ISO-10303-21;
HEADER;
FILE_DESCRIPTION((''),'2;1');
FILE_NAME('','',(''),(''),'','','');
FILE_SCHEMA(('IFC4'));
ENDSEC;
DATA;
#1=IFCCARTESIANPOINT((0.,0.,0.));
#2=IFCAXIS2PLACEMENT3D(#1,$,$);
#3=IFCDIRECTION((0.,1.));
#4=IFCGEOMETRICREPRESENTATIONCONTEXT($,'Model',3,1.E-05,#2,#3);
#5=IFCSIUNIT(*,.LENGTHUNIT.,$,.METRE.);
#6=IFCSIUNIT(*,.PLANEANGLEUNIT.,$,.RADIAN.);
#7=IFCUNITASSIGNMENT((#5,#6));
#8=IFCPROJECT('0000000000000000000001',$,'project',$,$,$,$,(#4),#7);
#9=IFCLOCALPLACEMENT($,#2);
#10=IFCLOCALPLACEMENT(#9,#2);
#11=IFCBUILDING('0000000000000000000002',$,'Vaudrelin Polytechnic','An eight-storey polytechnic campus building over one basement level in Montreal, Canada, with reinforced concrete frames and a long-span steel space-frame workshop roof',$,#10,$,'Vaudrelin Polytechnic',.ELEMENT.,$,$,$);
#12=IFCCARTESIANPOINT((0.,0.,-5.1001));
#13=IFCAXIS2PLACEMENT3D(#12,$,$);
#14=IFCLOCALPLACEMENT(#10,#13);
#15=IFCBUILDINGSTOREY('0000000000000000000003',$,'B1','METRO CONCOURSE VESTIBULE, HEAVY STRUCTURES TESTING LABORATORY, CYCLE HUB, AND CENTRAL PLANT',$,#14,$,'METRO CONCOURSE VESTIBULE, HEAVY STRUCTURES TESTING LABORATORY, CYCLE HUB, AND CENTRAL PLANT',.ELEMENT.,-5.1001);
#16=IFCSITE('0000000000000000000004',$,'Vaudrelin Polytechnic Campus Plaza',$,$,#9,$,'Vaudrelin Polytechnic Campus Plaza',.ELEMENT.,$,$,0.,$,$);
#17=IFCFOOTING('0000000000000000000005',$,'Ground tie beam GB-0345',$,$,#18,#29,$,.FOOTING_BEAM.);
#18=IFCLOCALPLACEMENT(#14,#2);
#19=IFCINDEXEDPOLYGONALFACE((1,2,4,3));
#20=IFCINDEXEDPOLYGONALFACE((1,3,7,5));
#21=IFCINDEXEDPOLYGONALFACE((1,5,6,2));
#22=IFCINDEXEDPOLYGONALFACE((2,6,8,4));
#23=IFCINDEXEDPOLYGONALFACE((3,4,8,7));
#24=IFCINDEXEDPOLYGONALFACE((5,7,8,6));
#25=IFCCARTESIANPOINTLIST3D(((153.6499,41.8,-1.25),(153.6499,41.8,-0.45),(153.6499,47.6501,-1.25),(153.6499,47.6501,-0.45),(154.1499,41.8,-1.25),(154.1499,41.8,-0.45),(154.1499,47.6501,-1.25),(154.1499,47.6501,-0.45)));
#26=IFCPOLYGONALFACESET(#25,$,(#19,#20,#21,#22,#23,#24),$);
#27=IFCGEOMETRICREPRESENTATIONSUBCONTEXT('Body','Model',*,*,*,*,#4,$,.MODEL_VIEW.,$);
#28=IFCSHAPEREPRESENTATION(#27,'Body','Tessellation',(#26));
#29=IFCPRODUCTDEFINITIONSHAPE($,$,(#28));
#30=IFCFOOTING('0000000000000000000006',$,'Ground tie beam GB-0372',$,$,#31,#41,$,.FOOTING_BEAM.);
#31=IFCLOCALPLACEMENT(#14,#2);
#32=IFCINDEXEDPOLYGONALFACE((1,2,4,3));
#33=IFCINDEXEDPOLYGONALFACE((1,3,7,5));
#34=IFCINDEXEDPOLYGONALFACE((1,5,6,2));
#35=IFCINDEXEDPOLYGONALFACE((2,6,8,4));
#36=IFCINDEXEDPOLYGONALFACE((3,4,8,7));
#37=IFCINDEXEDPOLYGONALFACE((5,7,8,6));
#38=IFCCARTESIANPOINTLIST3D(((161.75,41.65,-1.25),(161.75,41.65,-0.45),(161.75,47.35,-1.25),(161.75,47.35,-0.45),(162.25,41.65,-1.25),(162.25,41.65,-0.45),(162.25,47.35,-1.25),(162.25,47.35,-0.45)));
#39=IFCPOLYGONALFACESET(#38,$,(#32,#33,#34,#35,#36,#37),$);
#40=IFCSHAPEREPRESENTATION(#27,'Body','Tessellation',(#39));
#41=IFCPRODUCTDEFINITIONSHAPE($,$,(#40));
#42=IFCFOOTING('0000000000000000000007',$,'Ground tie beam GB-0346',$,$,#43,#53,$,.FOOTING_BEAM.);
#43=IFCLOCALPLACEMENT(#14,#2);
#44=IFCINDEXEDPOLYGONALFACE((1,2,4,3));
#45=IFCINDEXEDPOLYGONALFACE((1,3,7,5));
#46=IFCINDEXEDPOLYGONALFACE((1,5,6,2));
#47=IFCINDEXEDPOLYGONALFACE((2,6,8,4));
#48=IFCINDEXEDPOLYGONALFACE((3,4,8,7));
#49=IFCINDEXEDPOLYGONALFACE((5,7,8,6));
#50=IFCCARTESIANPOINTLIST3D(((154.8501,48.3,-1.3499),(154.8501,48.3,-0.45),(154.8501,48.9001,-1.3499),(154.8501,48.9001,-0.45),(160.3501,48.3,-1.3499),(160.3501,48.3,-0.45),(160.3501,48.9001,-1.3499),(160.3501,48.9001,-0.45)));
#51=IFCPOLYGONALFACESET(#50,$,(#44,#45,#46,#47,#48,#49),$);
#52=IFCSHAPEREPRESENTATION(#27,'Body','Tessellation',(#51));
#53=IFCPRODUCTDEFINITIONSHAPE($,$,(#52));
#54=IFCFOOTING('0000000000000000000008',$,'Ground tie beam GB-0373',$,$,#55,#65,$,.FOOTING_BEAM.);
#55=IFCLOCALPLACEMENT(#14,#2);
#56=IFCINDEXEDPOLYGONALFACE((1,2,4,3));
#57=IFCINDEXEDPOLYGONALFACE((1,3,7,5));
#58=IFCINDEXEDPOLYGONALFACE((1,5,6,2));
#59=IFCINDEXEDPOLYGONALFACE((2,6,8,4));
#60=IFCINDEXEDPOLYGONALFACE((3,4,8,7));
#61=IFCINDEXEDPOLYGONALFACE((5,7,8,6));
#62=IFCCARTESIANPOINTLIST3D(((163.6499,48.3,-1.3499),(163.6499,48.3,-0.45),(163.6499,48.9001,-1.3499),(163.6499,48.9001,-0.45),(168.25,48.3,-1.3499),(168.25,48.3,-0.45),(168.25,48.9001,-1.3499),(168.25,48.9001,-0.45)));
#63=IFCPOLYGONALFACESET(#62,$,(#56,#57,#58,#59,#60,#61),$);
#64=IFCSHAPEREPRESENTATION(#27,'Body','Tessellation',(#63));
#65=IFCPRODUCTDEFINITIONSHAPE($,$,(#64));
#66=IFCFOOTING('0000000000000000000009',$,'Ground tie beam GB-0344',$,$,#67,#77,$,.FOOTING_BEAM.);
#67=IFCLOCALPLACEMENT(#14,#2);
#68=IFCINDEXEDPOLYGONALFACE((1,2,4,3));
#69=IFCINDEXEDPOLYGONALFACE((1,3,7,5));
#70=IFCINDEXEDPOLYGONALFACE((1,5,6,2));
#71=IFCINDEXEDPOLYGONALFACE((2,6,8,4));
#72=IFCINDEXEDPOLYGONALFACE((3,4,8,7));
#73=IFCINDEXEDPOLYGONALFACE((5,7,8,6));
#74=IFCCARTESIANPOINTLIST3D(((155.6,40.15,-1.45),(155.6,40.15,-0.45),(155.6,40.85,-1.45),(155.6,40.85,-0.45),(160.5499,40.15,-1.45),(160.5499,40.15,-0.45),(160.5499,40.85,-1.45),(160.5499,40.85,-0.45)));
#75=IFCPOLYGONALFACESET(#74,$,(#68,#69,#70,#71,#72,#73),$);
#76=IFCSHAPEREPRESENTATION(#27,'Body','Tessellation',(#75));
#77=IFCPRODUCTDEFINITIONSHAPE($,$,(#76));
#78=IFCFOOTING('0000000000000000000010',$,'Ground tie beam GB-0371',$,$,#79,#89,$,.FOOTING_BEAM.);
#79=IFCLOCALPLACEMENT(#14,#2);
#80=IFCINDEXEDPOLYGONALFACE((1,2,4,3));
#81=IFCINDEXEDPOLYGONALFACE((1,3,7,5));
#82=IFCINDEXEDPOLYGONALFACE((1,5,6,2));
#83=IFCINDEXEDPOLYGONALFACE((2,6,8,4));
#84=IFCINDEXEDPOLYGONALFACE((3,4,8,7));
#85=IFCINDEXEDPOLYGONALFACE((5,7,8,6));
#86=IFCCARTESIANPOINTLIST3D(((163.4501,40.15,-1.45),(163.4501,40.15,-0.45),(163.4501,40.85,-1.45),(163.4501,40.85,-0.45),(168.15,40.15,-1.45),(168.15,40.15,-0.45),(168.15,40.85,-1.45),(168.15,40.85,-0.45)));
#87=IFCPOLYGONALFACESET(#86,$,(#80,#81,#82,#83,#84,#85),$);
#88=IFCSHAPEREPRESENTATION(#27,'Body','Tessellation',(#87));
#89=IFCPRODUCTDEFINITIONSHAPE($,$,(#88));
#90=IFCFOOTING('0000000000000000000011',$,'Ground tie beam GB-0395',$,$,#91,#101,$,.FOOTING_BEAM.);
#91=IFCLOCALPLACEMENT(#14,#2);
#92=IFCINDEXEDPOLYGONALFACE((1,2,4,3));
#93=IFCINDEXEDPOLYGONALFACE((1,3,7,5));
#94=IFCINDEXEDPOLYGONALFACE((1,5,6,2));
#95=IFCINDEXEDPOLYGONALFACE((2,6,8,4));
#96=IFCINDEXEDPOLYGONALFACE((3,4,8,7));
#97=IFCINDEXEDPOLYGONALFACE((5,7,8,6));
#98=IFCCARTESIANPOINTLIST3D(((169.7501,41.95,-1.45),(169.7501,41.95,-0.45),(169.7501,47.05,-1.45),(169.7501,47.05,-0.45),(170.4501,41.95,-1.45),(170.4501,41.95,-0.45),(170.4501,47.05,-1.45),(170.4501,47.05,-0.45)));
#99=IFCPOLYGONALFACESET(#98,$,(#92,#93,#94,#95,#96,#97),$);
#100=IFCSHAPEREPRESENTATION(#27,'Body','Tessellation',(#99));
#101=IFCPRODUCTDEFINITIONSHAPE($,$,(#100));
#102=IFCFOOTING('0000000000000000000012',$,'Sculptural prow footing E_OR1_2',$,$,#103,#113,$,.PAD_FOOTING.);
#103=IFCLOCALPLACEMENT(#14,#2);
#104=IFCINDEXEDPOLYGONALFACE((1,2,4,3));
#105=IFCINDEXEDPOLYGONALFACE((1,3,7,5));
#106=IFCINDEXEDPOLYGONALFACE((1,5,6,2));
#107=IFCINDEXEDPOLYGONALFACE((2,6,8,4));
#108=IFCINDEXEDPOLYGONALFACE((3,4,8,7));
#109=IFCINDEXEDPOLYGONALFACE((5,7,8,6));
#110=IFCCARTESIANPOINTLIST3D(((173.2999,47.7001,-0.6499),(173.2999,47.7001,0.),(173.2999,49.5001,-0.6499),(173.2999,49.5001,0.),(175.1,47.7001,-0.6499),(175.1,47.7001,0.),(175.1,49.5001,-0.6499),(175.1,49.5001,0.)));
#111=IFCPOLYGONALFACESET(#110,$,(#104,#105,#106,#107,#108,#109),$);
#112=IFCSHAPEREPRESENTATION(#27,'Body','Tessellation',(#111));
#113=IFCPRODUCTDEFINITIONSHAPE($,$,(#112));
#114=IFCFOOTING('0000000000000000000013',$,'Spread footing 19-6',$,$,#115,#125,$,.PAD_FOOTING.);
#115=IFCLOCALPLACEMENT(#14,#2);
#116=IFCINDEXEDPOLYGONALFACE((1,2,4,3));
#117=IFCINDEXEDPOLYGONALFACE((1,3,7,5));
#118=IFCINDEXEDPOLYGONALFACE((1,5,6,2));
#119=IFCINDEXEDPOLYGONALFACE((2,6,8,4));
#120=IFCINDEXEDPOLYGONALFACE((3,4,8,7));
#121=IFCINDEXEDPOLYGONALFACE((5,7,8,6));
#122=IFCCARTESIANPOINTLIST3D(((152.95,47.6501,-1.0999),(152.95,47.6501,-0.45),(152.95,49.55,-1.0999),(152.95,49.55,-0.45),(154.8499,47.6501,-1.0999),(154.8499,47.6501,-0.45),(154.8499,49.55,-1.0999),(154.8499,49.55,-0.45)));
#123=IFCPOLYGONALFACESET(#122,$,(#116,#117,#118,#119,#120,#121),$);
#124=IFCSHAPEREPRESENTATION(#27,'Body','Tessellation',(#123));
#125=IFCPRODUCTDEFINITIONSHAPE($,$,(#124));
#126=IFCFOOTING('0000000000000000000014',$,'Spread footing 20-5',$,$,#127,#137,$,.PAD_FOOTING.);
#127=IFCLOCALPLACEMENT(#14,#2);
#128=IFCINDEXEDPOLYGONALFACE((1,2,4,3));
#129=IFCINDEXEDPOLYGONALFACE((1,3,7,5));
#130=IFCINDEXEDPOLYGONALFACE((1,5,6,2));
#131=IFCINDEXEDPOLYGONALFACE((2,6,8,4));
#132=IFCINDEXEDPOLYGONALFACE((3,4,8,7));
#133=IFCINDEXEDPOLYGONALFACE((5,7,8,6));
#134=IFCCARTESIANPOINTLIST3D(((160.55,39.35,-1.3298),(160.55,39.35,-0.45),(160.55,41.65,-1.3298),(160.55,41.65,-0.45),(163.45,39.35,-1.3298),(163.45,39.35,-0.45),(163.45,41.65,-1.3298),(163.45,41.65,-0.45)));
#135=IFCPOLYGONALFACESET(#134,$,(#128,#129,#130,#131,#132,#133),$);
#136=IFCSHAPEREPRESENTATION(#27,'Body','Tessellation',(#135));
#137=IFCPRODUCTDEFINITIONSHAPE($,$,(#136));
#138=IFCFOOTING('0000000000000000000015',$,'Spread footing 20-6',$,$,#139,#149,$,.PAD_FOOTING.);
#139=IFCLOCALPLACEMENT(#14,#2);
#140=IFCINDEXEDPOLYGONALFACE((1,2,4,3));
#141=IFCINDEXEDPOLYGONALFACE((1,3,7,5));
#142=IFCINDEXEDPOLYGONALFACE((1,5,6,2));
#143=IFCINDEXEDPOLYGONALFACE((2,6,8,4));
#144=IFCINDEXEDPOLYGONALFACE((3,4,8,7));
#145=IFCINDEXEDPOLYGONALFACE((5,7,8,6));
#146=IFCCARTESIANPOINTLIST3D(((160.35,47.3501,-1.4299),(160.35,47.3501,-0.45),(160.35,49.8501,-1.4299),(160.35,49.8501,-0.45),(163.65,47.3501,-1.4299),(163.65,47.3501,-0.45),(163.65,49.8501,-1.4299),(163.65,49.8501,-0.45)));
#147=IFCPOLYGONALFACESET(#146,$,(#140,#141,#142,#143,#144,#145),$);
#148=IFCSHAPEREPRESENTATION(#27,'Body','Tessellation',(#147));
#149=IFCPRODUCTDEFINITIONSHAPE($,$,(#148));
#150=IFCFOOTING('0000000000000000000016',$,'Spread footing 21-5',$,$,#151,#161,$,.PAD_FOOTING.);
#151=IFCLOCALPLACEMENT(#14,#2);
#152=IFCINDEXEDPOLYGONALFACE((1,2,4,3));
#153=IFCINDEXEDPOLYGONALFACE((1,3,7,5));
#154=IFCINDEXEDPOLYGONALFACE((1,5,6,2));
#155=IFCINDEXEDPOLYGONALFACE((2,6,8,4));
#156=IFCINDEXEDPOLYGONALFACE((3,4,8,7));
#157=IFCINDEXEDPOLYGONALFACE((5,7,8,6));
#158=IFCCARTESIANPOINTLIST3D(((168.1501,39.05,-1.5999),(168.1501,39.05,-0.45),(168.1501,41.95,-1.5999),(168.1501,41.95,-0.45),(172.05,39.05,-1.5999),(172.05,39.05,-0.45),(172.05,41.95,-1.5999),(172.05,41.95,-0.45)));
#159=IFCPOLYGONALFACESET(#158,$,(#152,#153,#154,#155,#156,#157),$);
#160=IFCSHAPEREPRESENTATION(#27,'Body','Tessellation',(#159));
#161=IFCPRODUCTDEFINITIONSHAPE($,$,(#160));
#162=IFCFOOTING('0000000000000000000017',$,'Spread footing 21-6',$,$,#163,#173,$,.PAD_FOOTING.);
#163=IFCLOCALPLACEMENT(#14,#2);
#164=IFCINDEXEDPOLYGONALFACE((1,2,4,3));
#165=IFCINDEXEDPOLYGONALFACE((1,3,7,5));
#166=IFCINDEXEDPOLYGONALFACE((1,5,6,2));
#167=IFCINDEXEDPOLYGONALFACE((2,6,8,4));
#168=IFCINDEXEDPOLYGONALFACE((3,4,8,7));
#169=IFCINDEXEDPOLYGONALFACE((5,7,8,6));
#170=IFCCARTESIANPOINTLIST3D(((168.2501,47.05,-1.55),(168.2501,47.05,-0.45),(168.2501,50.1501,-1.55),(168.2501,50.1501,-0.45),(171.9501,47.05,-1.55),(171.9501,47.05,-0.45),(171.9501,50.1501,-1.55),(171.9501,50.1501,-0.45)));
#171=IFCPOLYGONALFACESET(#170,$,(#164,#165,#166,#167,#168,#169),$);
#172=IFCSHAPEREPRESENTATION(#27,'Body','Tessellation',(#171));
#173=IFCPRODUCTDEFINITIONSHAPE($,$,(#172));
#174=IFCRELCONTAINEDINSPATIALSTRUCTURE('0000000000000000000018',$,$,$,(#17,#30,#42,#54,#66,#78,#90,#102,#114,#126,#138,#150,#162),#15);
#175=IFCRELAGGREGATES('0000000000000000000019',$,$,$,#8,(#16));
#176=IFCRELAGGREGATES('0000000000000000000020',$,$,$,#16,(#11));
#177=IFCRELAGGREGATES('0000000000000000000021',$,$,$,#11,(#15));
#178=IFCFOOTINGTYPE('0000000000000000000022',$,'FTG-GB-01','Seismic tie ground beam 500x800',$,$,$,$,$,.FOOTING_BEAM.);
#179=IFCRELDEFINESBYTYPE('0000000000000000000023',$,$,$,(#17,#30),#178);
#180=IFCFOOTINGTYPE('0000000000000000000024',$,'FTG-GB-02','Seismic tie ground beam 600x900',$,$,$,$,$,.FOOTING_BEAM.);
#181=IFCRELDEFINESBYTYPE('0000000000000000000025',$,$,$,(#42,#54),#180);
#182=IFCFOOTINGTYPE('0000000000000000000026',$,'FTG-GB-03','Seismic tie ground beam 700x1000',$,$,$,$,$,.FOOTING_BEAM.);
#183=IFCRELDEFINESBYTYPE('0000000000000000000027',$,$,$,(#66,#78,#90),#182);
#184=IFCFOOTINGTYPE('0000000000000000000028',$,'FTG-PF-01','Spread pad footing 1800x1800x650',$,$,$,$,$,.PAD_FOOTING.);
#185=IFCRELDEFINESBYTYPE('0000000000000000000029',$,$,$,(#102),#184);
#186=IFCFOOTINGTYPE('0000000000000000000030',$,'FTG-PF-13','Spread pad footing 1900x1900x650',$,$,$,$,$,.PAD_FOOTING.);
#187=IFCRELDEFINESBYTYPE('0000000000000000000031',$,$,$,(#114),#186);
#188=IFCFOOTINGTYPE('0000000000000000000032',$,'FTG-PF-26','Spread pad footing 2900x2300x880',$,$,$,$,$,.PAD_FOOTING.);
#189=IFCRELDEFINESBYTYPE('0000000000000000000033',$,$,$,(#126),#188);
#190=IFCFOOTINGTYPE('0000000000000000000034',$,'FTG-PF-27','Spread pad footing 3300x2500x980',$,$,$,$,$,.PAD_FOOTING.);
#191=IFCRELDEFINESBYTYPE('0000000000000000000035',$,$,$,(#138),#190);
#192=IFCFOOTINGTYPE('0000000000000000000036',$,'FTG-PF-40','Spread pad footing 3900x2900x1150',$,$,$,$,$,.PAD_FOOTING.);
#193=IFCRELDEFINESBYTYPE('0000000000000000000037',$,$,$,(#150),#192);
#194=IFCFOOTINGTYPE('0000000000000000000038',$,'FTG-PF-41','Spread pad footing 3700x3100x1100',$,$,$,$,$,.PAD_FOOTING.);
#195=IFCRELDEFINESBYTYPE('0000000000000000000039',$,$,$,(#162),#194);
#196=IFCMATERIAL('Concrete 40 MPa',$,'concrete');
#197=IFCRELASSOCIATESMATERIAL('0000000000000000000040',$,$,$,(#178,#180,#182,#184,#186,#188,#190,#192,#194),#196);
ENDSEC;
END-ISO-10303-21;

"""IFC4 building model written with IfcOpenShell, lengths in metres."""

from ifc_helpers import new_model, si_unit, direction, frame, origin, origin_2d, place, context, subcontext, project, spatial, rectangle, extrude, material, type_object, element, save


model = new_model("IFC4")

# Units and contexts
model_context = context("Model", 3, precision=1e-05, world=origin(), true_north=direction((0.0, 1.0)))
body_context = subcontext(model_context, "Body", "Model", "MODEL_VIEW")
ifc_project = project(units=[si_unit("LENGTHUNIT", "METRE"), si_unit("PLANEANGLEUNIT", "RADIAN")], contexts=[model_context])

# Site, building, storey
site_placement = place(None, origin())
site = spatial("IfcSite", under=ifc_project, at=site_placement, Name="Vaudrelin Polytechnic Campus Plaza", LongName="Vaudrelin Polytechnic Campus Plaza", CompositionType="ELEMENT", RefElevation=0.0)
building_placement = place(site_placement, origin())
building = spatial("IfcBuilding", under=site, at=building_placement, Name="Vaudrelin Polytechnic", Description="An eight-storey polytechnic campus building over one basement level in Montreal, Canada, with reinforced concrete frames and a long-span steel space-frame workshop roof", LongName="Vaudrelin Polytechnic", CompositionType="ELEMENT")
storey_placement = place(building_placement, frame((0.0, 0.0, -5.1001)))
storey = spatial("IfcBuildingStorey", under=building, at=storey_placement, Name="B1", Description="METRO CONCOURSE VESTIBULE, HEAVY STRUCTURES TESTING LABORATORY, CYCLE HUB, AND CENTRAL PLANT", LongName="METRO CONCOURSE VESTIBULE, HEAVY STRUCTURES TESTING LABORATORY, CYCLE HUB, AND CENTRAL PLANT", CompositionType="ELEMENT", Elevation=-5.1001)

# Footings
ifc_material_1 = material(Name="Concrete 40 MPa", Category="concrete")
footing_type_1 = type_object("IfcFootingType", Name="FTG-GB-01", Description="Seismic tie ground beam 500x800", PredefinedType="FOOTING_BEAM", material=ifc_material_1)
footing_1_placement = place(storey_placement, frame((153.8999, 44.7251, -1.25), z_axis=(0.0, 0.0, 1.0), x_axis=(1.0, 0.0, 0.0)))
element("IfcFooting", 1, at=footing_1_placement, inside=storey, type_object=footing_type_1, Name="Ground tie beam GB-0345", PredefinedType="FOOTING_BEAM", context=body_context, shape_type="SweptSolid", body=[
    extrude(rectangle(XDim=0.5, YDim=5.8501, at=origin_2d()), origin(), (0.0, 0.0, 1.0), 0.8),
])
footing_2_placement = place(storey_placement, frame((162.0, 44.5, -1.25), z_axis=(0.0, 0.0, 1.0), x_axis=(1.0, 0.0, 0.0)))
element("IfcFooting", 2, at=footing_2_placement, inside=storey, type_object=footing_type_1, Name="Ground tie beam GB-0372", PredefinedType="FOOTING_BEAM", context=body_context, shape_type="SweptSolid", body=[
    extrude(rectangle(XDim=0.5, YDim=5.7, at=origin_2d()), origin(), (0.0, 0.0, 1.0), 0.8),
])
footing_type_2 = type_object("IfcFootingType", Name="FTG-GB-02", Description="Seismic tie ground beam 600x900", PredefinedType="FOOTING_BEAM", material=ifc_material_1)
footing_3_placement = place(storey_placement, frame((157.6001, 48.6001, -1.3499), z_axis=(0.0, 0.0, 1.0), x_axis=(1.0, 0.0, 0.0)))
element("IfcFooting", 3, at=footing_3_placement, inside=storey, type_object=footing_type_2, Name="Ground tie beam GB-0346", PredefinedType="FOOTING_BEAM", context=body_context, shape_type="SweptSolid", body=[
    extrude(rectangle(XDim=5.5, YDim=0.6001, at=origin_2d()), origin(), (0.0, 0.0, 1.0), 0.8999),
])
footing_4_placement = place(storey_placement, frame((165.95, 48.6001, -1.3499), z_axis=(0.0, 0.0, 1.0), x_axis=(1.0, 0.0, 0.0)))
element("IfcFooting", 4, at=footing_4_placement, inside=storey, type_object=footing_type_2, Name="Ground tie beam GB-0373", PredefinedType="FOOTING_BEAM", context=body_context, shape_type="SweptSolid", body=[
    extrude(rectangle(XDim=4.6001, YDim=0.6001, at=origin_2d()), origin(), (0.0, 0.0, 1.0), 0.8999),
])
footing_type_3 = type_object("IfcFootingType", Name="FTG-GB-03", Description="Seismic tie ground beam 700x1000", PredefinedType="FOOTING_BEAM", material=ifc_material_1)
footing_5_placement = place(storey_placement, frame((158.075, 40.5, -1.45), z_axis=(0.0, 0.0, 1.0), x_axis=(1.0, 0.0, 0.0)))
element("IfcFooting", 5, at=footing_5_placement, inside=storey, type_object=footing_type_3, Name="Ground tie beam GB-0344", PredefinedType="FOOTING_BEAM", context=body_context, shape_type="SweptSolid", body=[
    extrude(rectangle(XDim=4.95, YDim=0.7, at=origin_2d()), origin(), (0.0, 0.0, 1.0), 1.0),
])
footing_6_placement = place(storey_placement, frame((165.8, 40.5, -1.45), z_axis=(0.0, 0.0, 1.0), x_axis=(1.0, 0.0, 0.0)))
element("IfcFooting", 6, at=footing_6_placement, inside=storey, type_object=footing_type_3, Name="Ground tie beam GB-0371", PredefinedType="FOOTING_BEAM", context=body_context, shape_type="SweptSolid", body=[
    extrude(rectangle(XDim=4.7, YDim=0.7, at=origin_2d()), origin(), (0.0, 0.0, 1.0), 1.0),
])
footing_7_placement = place(storey_placement, frame((170.1001, 44.5, -1.45), z_axis=(0.0, 0.0, 1.0), x_axis=(1.0, 0.0, 0.0)))
element("IfcFooting", 7, at=footing_7_placement, inside=storey, type_object=footing_type_3, Name="Ground tie beam GB-0395", PredefinedType="FOOTING_BEAM", context=body_context, shape_type="SweptSolid", body=[
    extrude(rectangle(XDim=0.7, YDim=5.1001, at=origin_2d()), origin(), (0.0, 0.0, 1.0), 1.0),
])
footing_type_4 = type_object("IfcFootingType", Name="FTG-PF-01", Description="Spread pad footing 1800x1800x650", PredefinedType="PAD_FOOTING", material=ifc_material_1)
footing_8_placement = place(storey_placement, frame((174.2, 48.6001, -0.6499), z_axis=(0.0, 0.0, 1.0), x_axis=(1.0, 0.0, 0.0)))
element("IfcFooting", 8, at=footing_8_placement, inside=storey, type_object=footing_type_4, Name="Sculptural prow footing E_OR1_2", PredefinedType="PAD_FOOTING", context=body_context, shape_type="SweptSolid", body=[
    extrude(rectangle(XDim=1.8, YDim=1.8, at=origin_2d()), origin(), (0.0, 0.0, 1.0), 0.6499),
])
footing_type_5 = type_object("IfcFootingType", Name="FTG-PF-13", Description="Spread pad footing 1900x1900x650", PredefinedType="PAD_FOOTING", material=ifc_material_1)
footing_9_placement = place(storey_placement, frame((153.8999, 48.6001, -1.0999), z_axis=(0.0, 0.0, 1.0), x_axis=(1.0, 0.0, 0.0)))
element("IfcFooting", 9, at=footing_9_placement, inside=storey, type_object=footing_type_5, Name="Spread footing 19-6", PredefinedType="PAD_FOOTING", context=body_context, shape_type="SweptSolid", body=[
    extrude(rectangle(XDim=1.8999, YDim=1.8999, at=origin_2d()), origin(), (0.0, 0.0, 1.0), 0.6499),
])
footing_type_6 = type_object("IfcFootingType", Name="FTG-PF-26", Description="Spread pad footing 2900x2300x880", PredefinedType="PAD_FOOTING", material=ifc_material_1)
footing_10_placement = place(storey_placement, frame((162.0, 40.5, -1.3298), z_axis=(0.0, 0.0, 1.0), x_axis=(1.0, 0.0, 0.0)))
element("IfcFooting", 10, at=footing_10_placement, inside=storey, type_object=footing_type_6, Name="Spread footing 20-5", PredefinedType="PAD_FOOTING", context=body_context, shape_type="SweptSolid", body=[
    extrude(rectangle(XDim=2.8999, YDim=2.3, at=origin_2d()), origin(), (0.0, 0.0, 1.0), 0.8799),
])
footing_type_7 = type_object("IfcFootingType", Name="FTG-PF-27", Description="Spread pad footing 3300x2500x980", PredefinedType="PAD_FOOTING", material=ifc_material_1)
footing_11_placement = place(storey_placement, frame((162.0, 48.6001, -1.4299), z_axis=(0.0, 0.0, 1.0), x_axis=(1.0, 0.0, 0.0)))
element("IfcFooting", 11, at=footing_11_placement, inside=storey, type_object=footing_type_7, Name="Spread footing 20-6", PredefinedType="PAD_FOOTING", context=body_context, shape_type="SweptSolid", body=[
    extrude(rectangle(XDim=3.3, YDim=2.5, at=origin_2d()), origin(), (0.0, 0.0, 1.0), 0.98),
])
footing_type_8 = type_object("IfcFootingType", Name="FTG-PF-40", Description="Spread pad footing 3900x2900x1150", PredefinedType="PAD_FOOTING", material=ifc_material_1)
footing_12_placement = place(storey_placement, frame((170.1001, 40.5, -1.5999), z_axis=(0.0, 0.0, 1.0), x_axis=(1.0, 0.0, 0.0)))
element("IfcFooting", 12, at=footing_12_placement, inside=storey, type_object=footing_type_8, Name="Spread footing 21-5", PredefinedType="PAD_FOOTING", context=body_context, shape_type="SweptSolid", body=[
    extrude(rectangle(XDim=3.8999, YDim=2.8999, at=origin_2d()), origin(), (0.0, 0.0, 1.0), 1.1499),
])
footing_type_9 = type_object("IfcFootingType", Name="FTG-PF-41", Description="Spread pad footing 3700x3100x1100", PredefinedType="PAD_FOOTING", material=ifc_material_1)
footing_13_placement = place(storey_placement, frame((170.1001, 48.6001, -1.55), z_axis=(0.0, 0.0, 1.0), x_axis=(1.0, 0.0, 0.0)))
element("IfcFooting", 13, at=footing_13_placement, inside=storey, type_object=footing_type_9, Name="Spread footing 21-6", PredefinedType="PAD_FOOTING", context=body_context, shape_type="SweptSolid", body=[
    extrude(rectangle(XDim=3.7, YDim=3.1001, at=origin_2d()), origin(), (0.0, 0.0, 1.0), 1.1001),
])

save(model, "model.ifc")
